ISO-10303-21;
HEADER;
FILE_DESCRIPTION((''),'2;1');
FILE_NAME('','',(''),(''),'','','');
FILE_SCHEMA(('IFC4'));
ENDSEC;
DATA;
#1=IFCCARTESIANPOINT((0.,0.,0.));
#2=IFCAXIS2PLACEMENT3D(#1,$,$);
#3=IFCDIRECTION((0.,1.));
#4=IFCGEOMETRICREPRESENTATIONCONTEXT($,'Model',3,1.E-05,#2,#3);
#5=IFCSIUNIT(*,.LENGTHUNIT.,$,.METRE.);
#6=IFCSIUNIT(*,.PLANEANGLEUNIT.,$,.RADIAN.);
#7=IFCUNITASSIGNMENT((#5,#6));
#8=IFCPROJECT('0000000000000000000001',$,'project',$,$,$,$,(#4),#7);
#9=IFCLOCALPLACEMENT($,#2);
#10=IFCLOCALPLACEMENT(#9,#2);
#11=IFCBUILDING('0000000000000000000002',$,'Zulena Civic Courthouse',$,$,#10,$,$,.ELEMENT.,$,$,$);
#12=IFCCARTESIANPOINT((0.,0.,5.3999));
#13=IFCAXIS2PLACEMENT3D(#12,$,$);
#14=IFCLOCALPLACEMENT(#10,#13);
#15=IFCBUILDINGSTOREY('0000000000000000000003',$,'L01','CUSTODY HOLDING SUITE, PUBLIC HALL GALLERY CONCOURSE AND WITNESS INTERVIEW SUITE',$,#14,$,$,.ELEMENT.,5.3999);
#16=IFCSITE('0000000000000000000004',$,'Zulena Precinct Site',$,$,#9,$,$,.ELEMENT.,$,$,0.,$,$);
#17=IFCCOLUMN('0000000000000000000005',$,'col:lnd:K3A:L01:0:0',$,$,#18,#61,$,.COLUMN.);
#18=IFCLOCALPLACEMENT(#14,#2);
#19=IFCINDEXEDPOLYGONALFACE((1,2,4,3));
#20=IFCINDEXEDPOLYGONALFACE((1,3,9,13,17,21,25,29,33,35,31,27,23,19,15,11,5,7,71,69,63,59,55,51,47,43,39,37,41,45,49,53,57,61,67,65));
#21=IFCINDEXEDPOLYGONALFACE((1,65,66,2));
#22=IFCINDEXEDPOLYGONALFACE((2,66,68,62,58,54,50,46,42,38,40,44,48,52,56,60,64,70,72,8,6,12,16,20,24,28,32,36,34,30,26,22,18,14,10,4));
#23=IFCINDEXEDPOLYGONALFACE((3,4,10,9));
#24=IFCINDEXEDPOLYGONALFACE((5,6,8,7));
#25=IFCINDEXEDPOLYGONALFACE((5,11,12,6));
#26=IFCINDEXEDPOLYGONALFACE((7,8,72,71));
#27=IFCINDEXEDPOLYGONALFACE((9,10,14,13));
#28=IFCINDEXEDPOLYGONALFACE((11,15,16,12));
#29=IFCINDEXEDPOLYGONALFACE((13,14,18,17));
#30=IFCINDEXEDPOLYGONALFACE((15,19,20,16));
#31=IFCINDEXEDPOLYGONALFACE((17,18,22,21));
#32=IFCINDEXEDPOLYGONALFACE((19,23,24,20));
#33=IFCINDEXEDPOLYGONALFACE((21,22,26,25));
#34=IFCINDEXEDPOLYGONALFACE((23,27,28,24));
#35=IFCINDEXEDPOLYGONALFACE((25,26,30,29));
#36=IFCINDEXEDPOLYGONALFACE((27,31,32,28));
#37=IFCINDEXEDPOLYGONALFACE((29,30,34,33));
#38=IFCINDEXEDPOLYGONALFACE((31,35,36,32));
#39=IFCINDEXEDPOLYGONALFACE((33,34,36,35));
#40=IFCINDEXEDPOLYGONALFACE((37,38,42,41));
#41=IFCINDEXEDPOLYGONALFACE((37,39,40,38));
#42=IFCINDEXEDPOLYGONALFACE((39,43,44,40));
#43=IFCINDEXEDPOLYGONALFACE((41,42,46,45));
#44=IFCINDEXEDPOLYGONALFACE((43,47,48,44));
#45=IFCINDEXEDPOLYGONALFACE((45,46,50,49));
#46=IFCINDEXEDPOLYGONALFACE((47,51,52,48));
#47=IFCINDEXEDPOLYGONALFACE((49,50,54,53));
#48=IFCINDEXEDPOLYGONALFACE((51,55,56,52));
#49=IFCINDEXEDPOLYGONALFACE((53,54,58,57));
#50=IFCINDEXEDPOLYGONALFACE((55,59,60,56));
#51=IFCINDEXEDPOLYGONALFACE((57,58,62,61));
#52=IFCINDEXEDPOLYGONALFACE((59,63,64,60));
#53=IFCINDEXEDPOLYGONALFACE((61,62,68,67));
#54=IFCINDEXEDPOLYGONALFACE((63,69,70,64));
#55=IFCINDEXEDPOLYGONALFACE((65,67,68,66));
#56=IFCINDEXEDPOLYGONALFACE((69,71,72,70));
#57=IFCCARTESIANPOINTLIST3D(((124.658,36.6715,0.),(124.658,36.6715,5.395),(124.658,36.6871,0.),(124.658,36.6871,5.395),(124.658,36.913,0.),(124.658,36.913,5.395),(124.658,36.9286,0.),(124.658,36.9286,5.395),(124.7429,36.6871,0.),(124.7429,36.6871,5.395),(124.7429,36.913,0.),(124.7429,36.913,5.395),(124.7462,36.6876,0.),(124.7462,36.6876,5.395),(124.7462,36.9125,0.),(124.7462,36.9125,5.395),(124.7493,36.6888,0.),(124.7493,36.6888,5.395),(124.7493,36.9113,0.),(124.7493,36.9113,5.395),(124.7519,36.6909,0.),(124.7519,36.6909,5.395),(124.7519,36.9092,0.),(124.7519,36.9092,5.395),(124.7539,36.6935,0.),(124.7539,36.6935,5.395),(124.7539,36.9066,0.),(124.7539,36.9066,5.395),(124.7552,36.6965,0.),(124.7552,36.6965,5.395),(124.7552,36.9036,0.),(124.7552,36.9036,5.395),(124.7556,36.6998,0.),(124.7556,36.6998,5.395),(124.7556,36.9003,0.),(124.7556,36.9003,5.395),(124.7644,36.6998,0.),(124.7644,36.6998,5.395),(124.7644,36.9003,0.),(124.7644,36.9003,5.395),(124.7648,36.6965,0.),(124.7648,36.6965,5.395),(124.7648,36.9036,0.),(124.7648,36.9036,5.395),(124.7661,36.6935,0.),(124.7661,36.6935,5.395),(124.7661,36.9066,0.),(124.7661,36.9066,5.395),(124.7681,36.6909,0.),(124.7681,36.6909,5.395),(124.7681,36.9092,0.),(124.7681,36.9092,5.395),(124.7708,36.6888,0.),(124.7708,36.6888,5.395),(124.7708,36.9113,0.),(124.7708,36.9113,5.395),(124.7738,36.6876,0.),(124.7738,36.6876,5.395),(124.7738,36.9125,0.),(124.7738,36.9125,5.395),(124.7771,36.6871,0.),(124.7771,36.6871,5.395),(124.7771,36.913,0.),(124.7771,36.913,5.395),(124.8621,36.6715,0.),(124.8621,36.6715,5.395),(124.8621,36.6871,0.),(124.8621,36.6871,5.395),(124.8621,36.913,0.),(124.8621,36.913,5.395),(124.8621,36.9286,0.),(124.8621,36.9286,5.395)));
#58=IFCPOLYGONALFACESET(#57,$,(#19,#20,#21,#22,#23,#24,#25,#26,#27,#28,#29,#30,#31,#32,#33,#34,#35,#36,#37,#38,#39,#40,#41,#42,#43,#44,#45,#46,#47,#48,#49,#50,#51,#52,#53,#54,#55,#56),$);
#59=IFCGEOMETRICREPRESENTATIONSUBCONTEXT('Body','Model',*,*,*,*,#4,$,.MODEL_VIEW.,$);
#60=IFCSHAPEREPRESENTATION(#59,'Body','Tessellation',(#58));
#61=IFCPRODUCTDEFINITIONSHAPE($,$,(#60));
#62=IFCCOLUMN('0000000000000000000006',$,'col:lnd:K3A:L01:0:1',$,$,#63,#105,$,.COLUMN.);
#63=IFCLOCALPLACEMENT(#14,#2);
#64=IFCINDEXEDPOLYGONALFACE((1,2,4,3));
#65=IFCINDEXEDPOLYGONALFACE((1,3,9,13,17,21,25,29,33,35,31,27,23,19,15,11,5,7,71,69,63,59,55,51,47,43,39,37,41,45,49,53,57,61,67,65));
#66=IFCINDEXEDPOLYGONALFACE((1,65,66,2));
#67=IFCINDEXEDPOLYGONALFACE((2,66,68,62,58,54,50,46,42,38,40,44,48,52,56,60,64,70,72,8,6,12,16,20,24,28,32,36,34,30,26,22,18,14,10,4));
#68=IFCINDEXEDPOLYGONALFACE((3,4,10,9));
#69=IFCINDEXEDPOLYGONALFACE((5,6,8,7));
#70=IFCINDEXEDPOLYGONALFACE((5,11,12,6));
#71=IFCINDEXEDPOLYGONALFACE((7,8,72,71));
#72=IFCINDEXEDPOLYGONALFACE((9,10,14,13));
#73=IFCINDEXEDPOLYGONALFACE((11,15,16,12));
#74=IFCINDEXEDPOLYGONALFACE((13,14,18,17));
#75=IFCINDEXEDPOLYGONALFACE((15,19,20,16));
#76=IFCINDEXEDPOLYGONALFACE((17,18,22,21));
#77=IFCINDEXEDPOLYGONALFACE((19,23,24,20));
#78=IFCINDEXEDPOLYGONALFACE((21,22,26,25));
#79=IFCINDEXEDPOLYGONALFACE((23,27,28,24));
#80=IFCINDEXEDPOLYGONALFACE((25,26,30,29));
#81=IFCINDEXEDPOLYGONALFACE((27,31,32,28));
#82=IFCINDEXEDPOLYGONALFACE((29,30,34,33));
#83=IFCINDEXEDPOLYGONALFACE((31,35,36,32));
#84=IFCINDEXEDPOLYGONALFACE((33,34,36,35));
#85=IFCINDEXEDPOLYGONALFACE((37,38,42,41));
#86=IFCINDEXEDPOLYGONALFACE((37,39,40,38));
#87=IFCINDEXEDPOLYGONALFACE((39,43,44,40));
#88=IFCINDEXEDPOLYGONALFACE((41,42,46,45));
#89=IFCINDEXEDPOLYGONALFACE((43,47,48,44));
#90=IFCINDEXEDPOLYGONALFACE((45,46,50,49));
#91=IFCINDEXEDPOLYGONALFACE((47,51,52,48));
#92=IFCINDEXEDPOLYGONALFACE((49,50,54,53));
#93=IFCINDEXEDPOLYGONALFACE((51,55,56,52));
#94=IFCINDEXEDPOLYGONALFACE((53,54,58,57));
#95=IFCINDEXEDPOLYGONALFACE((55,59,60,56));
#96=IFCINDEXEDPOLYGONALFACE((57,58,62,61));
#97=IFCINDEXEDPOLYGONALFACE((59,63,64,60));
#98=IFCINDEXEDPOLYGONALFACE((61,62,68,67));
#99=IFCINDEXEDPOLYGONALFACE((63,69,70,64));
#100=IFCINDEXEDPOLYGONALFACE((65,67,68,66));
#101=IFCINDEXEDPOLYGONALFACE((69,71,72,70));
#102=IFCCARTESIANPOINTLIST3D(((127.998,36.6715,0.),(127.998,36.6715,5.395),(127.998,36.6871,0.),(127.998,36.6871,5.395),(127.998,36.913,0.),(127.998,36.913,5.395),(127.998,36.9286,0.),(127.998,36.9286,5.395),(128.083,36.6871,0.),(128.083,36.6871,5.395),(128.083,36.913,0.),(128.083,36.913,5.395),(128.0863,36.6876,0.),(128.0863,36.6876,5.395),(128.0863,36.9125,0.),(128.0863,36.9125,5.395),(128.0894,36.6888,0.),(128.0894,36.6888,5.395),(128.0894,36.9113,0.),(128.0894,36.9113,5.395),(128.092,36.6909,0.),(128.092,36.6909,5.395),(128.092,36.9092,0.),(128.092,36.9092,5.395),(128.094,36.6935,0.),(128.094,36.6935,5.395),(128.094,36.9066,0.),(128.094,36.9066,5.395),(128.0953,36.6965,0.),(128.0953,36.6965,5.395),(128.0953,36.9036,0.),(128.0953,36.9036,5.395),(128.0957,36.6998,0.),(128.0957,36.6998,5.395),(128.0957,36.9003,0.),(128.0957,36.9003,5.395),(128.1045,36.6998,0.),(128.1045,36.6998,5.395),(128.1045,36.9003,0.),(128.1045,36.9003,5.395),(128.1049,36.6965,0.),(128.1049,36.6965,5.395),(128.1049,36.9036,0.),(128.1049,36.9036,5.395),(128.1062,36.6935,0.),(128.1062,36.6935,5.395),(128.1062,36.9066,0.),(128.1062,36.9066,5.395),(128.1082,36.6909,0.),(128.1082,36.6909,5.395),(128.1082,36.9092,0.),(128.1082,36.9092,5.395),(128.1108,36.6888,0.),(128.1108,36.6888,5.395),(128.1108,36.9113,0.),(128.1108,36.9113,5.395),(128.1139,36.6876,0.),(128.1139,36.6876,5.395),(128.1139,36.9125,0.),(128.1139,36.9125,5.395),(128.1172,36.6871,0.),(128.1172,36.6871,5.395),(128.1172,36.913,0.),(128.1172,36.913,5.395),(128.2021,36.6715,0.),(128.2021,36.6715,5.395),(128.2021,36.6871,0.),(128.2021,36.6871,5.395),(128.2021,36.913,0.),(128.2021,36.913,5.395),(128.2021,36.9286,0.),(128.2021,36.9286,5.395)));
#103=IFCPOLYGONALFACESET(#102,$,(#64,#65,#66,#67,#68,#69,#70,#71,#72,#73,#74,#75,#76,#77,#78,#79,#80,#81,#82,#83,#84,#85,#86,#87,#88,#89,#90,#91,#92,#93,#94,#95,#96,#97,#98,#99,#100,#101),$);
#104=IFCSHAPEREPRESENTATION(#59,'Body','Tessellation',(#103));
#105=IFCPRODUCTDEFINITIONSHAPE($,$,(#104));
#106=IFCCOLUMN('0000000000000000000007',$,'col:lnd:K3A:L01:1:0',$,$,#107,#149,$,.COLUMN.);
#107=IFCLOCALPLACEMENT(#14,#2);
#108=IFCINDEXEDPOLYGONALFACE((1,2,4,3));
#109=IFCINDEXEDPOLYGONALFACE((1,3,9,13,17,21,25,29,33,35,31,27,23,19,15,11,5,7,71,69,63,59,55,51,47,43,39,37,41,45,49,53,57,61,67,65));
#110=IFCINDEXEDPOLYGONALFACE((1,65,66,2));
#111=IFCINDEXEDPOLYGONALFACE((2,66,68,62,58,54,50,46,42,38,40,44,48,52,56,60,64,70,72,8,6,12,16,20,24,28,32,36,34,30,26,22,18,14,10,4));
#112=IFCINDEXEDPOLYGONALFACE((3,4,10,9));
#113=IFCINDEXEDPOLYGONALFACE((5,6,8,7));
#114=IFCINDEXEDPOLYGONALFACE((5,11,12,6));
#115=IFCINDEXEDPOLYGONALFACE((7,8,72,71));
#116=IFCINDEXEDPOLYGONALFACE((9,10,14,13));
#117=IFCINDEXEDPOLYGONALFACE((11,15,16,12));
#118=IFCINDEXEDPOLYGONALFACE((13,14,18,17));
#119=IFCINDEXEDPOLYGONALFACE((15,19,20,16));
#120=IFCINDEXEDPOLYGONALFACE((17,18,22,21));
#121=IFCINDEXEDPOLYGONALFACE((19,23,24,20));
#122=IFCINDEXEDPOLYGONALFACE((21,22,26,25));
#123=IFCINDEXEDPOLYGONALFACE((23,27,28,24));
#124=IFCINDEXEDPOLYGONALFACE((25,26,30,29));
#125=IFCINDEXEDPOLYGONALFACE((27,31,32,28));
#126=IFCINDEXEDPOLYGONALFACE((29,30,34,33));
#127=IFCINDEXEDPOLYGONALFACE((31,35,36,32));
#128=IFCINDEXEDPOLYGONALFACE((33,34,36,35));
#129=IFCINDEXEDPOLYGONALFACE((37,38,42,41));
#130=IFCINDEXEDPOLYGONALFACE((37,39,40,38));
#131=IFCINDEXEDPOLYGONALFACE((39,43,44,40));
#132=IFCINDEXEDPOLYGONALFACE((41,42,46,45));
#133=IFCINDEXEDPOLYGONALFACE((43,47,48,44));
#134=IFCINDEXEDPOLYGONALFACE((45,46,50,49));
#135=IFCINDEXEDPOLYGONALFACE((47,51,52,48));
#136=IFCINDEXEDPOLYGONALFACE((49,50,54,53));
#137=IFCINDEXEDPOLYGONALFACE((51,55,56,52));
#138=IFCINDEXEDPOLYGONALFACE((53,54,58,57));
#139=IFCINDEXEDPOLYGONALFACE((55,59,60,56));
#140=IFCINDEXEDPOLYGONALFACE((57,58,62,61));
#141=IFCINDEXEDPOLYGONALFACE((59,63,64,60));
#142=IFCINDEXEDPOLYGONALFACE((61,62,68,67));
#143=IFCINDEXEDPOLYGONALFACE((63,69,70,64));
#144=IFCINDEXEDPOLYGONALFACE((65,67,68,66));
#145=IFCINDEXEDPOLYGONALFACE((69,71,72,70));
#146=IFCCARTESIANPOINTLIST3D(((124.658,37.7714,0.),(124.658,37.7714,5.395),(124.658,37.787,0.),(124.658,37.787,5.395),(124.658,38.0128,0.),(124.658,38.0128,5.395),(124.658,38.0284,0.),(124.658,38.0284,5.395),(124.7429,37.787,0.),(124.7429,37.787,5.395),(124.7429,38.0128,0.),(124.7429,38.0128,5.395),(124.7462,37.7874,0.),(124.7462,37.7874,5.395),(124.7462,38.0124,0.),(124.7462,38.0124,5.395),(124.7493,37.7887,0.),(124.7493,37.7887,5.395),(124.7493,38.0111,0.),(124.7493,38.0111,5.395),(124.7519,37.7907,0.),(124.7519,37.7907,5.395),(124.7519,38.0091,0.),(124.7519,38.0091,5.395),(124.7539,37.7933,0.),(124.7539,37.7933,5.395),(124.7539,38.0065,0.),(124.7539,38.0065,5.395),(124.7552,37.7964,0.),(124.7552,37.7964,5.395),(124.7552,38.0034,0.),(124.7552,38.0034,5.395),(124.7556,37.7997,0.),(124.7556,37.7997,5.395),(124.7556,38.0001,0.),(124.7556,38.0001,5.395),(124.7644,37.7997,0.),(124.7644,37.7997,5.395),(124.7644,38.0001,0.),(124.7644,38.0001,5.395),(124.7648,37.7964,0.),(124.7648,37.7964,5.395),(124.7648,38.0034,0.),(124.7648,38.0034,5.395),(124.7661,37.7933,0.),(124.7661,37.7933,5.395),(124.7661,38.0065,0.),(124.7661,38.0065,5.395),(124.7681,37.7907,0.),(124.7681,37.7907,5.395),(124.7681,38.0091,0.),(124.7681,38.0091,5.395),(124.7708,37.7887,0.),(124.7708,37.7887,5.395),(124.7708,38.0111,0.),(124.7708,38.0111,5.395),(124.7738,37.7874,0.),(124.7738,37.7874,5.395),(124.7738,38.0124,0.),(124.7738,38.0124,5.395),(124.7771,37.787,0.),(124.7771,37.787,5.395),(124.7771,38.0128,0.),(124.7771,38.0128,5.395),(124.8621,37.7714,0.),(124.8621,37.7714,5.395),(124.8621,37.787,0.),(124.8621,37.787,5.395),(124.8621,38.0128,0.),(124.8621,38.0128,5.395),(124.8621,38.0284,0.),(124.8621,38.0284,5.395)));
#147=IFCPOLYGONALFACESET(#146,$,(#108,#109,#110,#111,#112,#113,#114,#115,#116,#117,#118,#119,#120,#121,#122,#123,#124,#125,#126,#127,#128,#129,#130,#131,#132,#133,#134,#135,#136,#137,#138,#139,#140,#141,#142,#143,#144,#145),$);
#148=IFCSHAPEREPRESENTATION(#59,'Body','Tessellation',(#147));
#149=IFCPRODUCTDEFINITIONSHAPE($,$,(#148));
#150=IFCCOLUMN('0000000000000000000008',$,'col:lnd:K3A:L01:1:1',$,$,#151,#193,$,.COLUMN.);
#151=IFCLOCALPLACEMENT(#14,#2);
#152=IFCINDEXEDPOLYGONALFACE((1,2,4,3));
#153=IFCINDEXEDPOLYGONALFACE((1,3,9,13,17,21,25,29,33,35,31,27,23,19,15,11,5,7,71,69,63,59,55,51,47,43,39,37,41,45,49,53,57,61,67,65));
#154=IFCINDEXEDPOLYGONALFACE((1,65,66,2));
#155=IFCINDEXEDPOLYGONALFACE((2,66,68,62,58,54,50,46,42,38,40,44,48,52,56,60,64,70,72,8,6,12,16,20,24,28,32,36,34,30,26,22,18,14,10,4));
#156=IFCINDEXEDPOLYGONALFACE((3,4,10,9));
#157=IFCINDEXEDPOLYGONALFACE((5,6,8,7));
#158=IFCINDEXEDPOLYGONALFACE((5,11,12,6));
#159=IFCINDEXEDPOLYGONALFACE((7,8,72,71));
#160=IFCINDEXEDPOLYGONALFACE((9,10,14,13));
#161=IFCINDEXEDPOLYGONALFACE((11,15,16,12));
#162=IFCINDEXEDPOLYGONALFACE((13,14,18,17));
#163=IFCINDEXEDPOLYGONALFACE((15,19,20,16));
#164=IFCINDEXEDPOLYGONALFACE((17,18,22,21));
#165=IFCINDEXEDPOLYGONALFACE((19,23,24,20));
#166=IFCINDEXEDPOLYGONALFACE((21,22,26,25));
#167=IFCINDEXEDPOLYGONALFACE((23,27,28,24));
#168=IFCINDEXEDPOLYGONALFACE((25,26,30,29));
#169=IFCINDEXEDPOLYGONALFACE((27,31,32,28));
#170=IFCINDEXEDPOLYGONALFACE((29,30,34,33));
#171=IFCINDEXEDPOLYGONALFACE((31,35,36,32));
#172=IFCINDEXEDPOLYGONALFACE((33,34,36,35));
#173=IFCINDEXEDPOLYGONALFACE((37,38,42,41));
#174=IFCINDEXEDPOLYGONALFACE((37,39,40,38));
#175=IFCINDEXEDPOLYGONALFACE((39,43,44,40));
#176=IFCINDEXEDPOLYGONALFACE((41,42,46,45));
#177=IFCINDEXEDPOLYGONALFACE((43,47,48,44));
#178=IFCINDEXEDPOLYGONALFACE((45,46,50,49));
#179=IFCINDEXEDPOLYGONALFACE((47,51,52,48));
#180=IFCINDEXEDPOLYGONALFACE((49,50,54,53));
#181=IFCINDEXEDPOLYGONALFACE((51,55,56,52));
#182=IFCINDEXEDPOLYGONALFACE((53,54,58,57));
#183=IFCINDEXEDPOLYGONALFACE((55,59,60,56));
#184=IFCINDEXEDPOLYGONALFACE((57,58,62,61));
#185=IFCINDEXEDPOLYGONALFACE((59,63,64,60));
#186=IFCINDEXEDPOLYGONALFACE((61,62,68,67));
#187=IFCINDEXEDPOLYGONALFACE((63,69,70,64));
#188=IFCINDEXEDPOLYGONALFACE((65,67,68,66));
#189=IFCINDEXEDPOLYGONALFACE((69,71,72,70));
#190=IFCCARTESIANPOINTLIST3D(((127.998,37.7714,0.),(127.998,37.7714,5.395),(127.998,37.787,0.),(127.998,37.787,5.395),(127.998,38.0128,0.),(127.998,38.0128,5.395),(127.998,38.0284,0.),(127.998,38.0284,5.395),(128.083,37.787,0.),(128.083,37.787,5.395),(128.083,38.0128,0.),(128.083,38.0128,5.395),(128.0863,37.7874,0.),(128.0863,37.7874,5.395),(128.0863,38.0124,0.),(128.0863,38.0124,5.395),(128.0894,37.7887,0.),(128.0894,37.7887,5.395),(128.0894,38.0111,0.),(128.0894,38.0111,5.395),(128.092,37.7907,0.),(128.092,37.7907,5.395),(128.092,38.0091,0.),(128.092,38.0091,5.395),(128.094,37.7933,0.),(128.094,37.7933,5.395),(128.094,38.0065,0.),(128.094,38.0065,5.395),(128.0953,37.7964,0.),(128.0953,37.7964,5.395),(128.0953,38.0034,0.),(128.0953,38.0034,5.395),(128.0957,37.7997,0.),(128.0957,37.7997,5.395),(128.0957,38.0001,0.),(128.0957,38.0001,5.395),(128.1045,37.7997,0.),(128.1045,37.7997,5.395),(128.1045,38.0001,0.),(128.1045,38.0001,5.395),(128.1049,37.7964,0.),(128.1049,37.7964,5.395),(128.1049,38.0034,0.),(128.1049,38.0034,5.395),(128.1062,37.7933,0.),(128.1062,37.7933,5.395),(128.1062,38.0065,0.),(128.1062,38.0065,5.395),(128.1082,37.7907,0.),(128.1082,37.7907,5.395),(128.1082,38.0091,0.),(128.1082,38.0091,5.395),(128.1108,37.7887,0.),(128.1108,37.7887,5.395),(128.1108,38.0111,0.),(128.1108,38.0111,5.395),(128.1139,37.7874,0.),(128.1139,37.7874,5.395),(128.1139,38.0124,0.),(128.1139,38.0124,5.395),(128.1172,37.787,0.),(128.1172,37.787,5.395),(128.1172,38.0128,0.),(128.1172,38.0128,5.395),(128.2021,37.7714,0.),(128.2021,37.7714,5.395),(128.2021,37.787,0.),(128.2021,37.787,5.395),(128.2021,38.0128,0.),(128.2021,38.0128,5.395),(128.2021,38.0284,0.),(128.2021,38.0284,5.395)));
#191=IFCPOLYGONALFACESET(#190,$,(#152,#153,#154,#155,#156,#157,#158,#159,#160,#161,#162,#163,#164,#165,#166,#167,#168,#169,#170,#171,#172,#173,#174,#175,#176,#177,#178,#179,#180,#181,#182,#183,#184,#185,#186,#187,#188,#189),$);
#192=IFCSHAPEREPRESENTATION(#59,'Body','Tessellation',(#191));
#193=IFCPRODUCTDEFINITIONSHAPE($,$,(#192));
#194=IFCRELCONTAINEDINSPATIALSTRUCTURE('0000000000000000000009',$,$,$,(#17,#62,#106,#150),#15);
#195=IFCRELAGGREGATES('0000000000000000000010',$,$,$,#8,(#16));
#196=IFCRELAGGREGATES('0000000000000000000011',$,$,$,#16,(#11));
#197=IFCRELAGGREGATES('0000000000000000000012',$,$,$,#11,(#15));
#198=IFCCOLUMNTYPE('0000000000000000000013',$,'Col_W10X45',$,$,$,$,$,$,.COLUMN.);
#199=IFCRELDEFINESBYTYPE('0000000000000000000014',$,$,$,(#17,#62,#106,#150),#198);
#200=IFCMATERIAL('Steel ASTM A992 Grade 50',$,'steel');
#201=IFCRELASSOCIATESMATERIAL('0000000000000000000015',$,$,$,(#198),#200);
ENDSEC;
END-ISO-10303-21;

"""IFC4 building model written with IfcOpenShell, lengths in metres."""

from ifc_helpers import new_model, si_unit, direction, frame, origin, origin_2d, place, context, subcontext, project, spatial, i_section, extrude, material, material_profile, profile_set, type_object, element, save


model = new_model("IFC4")

# Units and contexts
model_context = context("Model", 3, precision=1e-05, world=origin(), true_north=direction((0.0, 1.0)))
body_context = subcontext(model_context, "Body", "Model", "MODEL_VIEW")
ifc_project = project(units=[si_unit("LENGTHUNIT", "METRE"), si_unit("PLANEANGLEUNIT", "RADIAN")], contexts=[model_context])

# Site, building, storey
site_placement = place(None, origin())
site = spatial("IfcSite", under=ifc_project, at=site_placement, Name="Zulena Precinct Site", CompositionType="ELEMENT", RefElevation=0.0)
building_placement = place(site_placement, origin())
building = spatial("IfcBuilding", under=site, at=building_placement, Name="Zulena Civic Courthouse", CompositionType="ELEMENT")
storey_placement = place(building_placement, frame((0.0, 0.0, 5.3999)))
storey = spatial("IfcBuildingStorey", under=building, at=storey_placement, Name="L01", Description="CUSTODY HOLDING SUITE, PUBLIC HALL GALLERY CONCOURSE AND WITNESS INTERVIEW SUITE", CompositionType="ELEMENT", Elevation=5.3999)

# Columns
ifc_material_1 = material(Name="Steel ASTM A992 Grade 50", Category="steel")
ifc_material_profile_1 = material_profile(ifc_material_1, i_section(OverallWidth=0.2041, OverallDepth=0.2571, WebThickness=0.0088, FlangeThickness=0.0156, FilletRadius=0.0127, at=origin_2d()), Name="W10X45")
ifc_profile_set_1 = profile_set([ifc_material_profile_1], Name="Steel ASTM A992 Grade 50")
column_type_1 = type_object("IfcColumnType", Name="Col_W10X45", PredefinedType="COLUMN", material=ifc_profile_set_1)
for number, where, z_axis, x_axis, name in (
    (1, (124.76, 36.8, 0.0), (0.0, 0.0, 1.0), (1.0, 0.0, 0.0), "col:lnd:K3A:L01:0:0"),
    (2, (128.1001, 36.8, 0.0), (0.0, 0.0, 1.0), (1.0, 0.0, 0.0), "col:lnd:K3A:L01:0:1"),
    (3, (124.76, 37.8999, 0.0), (0.0, 0.0, 1.0), (1.0, 0.0, 0.0), "col:lnd:K3A:L01:1:0"),
    (4, (128.1001, 37.8999, 0.0), (0.0, 0.0, 1.0), (1.0, 0.0, 0.0), "col:lnd:K3A:L01:1:1"),
):
    element("IfcColumn", number, at=place(storey_placement, frame(where, z_axis=z_axis, x_axis=x_axis)), inside=storey, type_object=column_type_1, Name=name, PredefinedType="COLUMN", context=body_context, shape_type="SweptSolid", body=[
        extrude(i_section(OverallWidth=0.2041, OverallDepth=0.2571, WebThickness=0.0088, FlangeThickness=0.0156, FilletRadius=0.0127, at=origin_2d()), origin(), (0.0, 0.0, 1.0), 5.395),
    ])

save(model, "model.ifc")
